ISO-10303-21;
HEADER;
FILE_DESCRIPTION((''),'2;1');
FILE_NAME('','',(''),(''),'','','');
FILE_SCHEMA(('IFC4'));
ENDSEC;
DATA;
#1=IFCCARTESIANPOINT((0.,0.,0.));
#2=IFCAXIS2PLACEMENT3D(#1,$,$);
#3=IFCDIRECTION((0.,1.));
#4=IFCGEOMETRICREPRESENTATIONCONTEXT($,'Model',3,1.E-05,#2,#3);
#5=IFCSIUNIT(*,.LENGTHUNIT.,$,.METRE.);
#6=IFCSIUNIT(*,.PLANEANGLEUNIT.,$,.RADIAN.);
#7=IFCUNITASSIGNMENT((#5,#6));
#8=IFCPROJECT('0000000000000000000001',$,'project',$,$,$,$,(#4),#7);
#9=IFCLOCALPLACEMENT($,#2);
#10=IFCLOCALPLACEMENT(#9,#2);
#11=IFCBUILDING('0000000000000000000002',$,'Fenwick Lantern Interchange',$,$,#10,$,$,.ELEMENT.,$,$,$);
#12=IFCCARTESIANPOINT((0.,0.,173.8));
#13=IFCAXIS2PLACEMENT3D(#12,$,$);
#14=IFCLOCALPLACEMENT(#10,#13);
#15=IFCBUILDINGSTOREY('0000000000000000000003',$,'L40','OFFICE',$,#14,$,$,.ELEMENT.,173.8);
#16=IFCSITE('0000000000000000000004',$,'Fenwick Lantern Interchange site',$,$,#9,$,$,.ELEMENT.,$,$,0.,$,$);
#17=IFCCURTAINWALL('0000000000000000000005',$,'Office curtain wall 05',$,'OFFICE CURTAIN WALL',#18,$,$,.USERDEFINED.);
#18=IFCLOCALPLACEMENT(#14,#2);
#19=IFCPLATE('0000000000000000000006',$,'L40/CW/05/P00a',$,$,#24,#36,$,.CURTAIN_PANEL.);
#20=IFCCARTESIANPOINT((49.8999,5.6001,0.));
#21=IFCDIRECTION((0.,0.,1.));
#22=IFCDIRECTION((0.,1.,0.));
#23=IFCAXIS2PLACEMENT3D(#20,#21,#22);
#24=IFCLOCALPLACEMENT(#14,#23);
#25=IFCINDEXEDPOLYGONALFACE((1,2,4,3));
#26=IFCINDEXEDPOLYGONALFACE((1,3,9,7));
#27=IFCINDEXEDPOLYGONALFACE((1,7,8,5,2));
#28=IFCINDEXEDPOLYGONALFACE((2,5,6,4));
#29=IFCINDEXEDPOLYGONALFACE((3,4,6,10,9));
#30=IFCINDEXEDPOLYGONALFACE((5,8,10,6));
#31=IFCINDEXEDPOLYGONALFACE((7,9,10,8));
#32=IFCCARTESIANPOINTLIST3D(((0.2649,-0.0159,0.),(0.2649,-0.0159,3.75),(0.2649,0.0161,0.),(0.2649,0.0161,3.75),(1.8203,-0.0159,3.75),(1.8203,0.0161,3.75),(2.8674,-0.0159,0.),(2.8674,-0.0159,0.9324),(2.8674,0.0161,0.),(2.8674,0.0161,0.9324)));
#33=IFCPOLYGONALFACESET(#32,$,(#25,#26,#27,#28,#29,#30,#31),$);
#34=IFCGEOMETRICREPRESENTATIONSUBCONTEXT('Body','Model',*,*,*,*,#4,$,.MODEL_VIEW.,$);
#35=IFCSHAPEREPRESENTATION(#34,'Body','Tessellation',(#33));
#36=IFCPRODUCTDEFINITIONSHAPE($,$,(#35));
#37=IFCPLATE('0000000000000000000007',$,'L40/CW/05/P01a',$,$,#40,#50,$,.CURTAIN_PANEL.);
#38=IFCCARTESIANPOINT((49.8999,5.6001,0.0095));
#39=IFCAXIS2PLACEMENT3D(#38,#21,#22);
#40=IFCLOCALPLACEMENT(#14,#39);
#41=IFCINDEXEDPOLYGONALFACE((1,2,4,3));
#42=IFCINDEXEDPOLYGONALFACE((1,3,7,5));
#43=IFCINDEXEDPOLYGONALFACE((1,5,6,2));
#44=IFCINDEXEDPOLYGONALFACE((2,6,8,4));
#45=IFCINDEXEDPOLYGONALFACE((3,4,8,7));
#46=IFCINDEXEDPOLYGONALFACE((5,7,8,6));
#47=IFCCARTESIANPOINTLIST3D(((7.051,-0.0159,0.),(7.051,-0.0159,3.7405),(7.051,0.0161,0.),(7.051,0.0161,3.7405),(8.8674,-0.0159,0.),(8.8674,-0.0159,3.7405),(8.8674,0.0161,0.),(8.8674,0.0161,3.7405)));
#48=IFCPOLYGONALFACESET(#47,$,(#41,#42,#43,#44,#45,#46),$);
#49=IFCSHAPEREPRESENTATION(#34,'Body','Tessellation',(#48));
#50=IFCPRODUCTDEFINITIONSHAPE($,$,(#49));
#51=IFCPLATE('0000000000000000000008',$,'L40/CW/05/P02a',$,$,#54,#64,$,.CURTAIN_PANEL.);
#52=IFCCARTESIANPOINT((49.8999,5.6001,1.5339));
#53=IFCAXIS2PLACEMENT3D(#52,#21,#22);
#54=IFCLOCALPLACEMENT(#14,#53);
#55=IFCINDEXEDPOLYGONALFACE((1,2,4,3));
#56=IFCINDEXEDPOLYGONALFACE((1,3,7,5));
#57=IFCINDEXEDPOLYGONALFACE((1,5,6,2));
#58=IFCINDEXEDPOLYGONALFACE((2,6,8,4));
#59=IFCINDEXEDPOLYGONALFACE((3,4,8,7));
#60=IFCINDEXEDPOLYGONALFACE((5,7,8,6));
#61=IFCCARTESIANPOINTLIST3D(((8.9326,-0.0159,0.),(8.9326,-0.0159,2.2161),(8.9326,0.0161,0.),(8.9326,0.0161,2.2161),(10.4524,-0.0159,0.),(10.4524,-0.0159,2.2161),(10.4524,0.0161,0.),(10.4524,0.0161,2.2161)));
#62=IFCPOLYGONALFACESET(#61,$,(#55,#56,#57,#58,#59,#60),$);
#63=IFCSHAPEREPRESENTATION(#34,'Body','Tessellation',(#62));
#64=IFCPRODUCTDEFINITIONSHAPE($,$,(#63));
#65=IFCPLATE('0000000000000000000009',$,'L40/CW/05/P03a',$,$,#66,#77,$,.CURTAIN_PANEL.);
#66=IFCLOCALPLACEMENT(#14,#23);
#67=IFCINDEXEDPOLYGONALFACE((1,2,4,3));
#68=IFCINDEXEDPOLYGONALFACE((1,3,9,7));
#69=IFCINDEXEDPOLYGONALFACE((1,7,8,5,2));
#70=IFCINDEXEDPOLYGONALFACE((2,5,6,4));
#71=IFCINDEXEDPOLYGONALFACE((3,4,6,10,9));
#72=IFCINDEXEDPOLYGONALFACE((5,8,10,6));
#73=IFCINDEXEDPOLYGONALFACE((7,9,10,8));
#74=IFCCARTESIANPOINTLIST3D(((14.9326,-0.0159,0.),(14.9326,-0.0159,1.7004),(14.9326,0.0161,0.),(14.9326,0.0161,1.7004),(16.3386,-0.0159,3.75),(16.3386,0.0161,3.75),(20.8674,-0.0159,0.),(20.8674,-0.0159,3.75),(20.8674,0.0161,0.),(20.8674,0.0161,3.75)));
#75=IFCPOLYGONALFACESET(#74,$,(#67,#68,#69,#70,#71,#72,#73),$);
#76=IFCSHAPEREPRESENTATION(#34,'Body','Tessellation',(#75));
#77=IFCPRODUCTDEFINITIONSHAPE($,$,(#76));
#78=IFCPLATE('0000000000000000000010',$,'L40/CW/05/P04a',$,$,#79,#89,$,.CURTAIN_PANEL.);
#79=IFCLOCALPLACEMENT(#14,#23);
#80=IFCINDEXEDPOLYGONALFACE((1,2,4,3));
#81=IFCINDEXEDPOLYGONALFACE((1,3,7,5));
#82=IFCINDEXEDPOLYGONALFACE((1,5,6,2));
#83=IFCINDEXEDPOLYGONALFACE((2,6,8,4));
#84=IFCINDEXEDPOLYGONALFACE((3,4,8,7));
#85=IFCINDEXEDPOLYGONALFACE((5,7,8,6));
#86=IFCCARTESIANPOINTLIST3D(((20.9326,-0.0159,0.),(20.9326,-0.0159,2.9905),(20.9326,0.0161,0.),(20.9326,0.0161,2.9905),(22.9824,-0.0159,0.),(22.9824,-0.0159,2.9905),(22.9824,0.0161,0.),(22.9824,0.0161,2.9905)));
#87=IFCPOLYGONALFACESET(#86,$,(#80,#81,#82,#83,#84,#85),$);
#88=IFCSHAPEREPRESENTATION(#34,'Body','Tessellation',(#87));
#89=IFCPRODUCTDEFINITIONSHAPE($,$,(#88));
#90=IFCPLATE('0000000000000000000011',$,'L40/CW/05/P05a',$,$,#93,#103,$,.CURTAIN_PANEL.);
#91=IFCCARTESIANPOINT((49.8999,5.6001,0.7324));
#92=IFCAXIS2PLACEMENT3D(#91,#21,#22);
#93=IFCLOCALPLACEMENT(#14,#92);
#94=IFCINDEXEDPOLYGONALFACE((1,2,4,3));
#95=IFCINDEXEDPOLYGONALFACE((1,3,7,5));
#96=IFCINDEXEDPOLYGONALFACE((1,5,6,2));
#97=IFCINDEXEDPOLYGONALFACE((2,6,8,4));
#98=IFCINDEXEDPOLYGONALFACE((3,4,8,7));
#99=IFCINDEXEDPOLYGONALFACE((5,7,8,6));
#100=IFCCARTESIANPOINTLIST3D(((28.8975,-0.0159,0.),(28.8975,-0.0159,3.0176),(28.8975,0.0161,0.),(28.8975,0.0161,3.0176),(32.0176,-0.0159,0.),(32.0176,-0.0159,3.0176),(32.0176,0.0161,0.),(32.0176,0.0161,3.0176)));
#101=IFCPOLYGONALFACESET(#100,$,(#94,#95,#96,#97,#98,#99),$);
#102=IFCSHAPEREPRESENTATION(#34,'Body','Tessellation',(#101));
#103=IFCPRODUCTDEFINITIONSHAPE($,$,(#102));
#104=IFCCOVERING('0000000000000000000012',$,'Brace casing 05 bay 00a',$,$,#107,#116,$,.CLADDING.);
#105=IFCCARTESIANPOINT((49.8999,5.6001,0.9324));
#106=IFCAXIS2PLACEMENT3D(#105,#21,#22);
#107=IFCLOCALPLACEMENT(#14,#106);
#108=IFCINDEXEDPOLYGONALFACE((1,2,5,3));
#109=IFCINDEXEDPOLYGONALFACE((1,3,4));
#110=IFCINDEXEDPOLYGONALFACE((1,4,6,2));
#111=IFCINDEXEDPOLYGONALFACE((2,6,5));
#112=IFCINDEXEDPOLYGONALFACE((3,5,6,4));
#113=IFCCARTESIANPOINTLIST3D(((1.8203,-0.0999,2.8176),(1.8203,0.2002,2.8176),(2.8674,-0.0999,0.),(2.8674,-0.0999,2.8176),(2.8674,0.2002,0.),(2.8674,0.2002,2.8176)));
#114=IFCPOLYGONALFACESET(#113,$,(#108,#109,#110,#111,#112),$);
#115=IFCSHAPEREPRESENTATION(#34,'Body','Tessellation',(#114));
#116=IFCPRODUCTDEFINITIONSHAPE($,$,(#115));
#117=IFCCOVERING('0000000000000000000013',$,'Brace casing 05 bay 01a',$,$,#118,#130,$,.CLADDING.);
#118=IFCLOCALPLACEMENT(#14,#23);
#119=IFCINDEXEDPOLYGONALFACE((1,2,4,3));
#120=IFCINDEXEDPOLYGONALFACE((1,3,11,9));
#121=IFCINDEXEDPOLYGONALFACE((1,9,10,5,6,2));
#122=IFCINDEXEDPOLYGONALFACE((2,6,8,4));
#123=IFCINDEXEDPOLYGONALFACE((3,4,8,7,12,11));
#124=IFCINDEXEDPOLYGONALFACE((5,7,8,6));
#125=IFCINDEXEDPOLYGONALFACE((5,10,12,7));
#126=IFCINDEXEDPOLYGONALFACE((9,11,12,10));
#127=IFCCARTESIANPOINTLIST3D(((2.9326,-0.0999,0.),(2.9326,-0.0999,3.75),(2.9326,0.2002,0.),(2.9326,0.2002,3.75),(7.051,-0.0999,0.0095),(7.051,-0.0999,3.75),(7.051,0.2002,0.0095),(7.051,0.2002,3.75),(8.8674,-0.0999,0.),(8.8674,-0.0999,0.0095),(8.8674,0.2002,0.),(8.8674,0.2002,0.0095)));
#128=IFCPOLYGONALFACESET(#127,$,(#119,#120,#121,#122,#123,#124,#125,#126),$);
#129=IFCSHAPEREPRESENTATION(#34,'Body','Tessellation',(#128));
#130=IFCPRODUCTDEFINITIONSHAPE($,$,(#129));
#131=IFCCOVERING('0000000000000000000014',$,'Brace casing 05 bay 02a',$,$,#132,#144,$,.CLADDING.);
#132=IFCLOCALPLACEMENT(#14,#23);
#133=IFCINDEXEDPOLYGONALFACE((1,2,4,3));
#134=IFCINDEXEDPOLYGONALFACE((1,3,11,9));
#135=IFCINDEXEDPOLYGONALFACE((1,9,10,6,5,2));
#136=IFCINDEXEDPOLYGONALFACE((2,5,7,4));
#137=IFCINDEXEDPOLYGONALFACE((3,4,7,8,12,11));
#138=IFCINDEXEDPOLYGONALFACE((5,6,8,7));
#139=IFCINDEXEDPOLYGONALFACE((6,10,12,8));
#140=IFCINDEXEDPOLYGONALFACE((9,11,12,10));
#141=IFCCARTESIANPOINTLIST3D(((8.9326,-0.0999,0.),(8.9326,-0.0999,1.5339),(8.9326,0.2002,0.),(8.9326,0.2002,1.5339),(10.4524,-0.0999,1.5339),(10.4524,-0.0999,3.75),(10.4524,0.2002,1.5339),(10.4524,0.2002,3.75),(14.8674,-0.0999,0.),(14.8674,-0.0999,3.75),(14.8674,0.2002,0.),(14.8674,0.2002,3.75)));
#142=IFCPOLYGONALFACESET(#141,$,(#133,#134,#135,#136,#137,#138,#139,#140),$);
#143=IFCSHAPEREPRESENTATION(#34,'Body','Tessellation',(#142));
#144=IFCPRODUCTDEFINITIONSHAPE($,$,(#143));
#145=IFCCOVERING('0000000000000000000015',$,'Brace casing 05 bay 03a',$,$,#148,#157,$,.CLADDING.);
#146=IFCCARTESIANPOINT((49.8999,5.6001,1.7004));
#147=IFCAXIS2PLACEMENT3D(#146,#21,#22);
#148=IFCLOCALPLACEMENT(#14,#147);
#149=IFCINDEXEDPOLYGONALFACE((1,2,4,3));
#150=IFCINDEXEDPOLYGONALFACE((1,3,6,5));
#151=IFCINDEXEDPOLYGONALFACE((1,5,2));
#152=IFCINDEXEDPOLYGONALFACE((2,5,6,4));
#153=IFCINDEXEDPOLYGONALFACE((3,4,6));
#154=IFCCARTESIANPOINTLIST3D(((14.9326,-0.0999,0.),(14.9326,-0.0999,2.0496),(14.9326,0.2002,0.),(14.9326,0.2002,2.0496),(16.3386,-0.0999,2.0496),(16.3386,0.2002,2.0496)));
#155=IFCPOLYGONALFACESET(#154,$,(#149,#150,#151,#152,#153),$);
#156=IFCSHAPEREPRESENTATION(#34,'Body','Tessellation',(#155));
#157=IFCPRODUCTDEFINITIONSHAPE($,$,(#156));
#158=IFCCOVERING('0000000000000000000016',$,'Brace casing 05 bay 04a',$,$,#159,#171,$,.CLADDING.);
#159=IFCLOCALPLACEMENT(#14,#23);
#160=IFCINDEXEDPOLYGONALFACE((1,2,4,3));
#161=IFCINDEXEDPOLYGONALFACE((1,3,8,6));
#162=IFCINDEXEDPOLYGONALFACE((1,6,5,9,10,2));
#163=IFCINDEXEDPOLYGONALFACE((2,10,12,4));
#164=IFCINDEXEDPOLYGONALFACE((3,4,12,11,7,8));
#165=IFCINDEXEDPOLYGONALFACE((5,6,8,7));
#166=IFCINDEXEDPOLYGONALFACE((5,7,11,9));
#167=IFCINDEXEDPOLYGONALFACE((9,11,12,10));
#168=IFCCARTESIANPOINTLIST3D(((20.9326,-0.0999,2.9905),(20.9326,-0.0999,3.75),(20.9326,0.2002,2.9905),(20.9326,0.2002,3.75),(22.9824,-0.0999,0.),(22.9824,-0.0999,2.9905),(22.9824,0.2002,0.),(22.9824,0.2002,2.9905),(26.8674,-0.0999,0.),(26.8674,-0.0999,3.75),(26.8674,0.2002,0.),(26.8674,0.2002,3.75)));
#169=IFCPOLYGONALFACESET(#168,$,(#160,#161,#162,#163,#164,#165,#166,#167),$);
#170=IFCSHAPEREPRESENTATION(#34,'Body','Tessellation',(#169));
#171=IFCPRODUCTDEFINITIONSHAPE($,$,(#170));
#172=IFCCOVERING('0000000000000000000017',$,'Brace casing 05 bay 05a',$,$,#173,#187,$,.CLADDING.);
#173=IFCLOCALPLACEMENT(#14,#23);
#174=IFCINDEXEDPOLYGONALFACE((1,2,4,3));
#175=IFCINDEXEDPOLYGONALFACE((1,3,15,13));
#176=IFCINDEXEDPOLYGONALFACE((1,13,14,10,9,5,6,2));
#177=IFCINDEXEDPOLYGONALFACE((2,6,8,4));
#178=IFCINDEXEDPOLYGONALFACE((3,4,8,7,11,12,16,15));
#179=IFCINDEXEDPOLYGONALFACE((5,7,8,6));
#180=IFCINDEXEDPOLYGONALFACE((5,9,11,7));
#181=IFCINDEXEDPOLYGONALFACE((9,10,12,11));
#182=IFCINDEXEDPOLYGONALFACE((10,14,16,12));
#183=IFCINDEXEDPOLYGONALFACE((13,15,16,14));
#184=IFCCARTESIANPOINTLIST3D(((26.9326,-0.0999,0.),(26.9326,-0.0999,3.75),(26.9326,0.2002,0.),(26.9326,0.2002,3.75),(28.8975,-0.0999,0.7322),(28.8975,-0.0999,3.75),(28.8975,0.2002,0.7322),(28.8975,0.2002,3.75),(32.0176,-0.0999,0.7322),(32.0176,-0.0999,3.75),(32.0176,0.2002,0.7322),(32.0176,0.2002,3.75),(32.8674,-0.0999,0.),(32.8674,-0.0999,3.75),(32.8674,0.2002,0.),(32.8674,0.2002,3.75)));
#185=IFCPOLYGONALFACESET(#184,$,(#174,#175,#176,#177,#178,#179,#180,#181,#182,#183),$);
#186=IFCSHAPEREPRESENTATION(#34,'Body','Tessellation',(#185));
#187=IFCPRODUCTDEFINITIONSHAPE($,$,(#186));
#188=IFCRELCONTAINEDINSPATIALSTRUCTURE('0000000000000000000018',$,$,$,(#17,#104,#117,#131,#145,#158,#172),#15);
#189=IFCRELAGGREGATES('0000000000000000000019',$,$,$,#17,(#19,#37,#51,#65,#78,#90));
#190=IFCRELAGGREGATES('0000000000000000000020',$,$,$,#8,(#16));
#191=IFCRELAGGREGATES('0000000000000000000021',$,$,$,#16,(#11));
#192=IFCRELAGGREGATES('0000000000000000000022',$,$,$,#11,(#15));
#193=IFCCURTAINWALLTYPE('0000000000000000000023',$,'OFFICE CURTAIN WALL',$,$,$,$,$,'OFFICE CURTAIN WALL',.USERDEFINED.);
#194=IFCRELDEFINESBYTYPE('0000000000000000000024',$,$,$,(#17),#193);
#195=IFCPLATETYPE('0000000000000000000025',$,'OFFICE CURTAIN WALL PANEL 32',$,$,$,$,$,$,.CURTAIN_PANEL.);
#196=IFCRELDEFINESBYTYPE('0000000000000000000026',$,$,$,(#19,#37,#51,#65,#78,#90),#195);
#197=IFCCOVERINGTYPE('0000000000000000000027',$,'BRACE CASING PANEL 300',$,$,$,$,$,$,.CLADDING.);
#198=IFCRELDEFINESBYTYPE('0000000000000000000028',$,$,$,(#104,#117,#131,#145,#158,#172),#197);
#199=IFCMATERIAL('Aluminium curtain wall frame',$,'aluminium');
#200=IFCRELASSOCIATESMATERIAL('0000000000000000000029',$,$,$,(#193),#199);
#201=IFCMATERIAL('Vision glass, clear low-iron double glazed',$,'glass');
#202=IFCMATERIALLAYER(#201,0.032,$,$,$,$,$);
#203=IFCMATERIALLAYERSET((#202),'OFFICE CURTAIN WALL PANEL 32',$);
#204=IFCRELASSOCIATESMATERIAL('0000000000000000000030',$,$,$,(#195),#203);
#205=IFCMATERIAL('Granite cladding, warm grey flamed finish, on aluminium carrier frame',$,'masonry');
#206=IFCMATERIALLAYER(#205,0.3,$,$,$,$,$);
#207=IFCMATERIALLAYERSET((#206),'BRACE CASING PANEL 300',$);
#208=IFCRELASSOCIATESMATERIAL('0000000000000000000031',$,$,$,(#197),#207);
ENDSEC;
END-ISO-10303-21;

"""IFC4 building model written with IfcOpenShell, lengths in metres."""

from ifc_helpers import new_model, si_unit, direction, frame, origin, place, context, subcontext, project, spatial, polyline, outline, extrude, material, layer, layer_set, type_object, element, aggregate, save


model = new_model("IFC4")

# Units and contexts
model_context = context("Model", 3, precision=1e-05, world=origin(), true_north=direction((0.0, 1.0)))
body_context = subcontext(model_context, "Body", "Model", "MODEL_VIEW")
ifc_project = project(units=[si_unit("LENGTHUNIT", "METRE"), si_unit("PLANEANGLEUNIT", "RADIAN")], contexts=[model_context])

# Site, building, storey
site_placement = place(None, origin())
site = spatial("IfcSite", under=ifc_project, at=site_placement, Name="Fenwick Lantern Interchange site", CompositionType="ELEMENT", RefElevation=0.0)
building_placement = place(site_placement, origin())
building = spatial("IfcBuilding", under=site, at=building_placement, Name="Fenwick Lantern Interchange", CompositionType="ELEMENT")
storey_placement = place(building_placement, frame((0.0, 0.0, 173.8)))
storey = spatial("IfcBuildingStorey", under=building, at=storey_placement, Name="L40", Description="OFFICE", CompositionType="ELEMENT", Elevation=173.8)

# Shared definitions
ifc_material_1 = material(Name="Aluminium curtain wall frame", Category="aluminium")
curtain_wall_type = type_object("IfcCurtainWallType", Name="OFFICE CURTAIN WALL", ElementType="OFFICE CURTAIN WALL", PredefinedType="USERDEFINED", material=ifc_material_1)

# Shared definitions
ifc_material_2 = material(Name="Vision glass, clear low-iron double glazed", Category="glass")
ifc_layer_1 = layer(ifc_material_2, 0.032)
ifc_layer_set_1 = layer_set([ifc_layer_1], Name="OFFICE CURTAIN WALL PANEL 32")
plate_type = type_object("IfcPlateType", Name="OFFICE CURTAIN WALL PANEL 32", PredefinedType="CURTAIN_PANEL", material=ifc_layer_set_1)

# Curtain wall, plates
curtain_wall_1_placement = place(storey_placement, origin())
curtain_wall_1 = element("IfcCurtainWall", 1, at=curtain_wall_1_placement, inside=storey, type_object=curtain_wall_type, Name="Office curtain wall 05", ObjectType="OFFICE CURTAIN WALL", PredefinedType="USERDEFINED")
plate_1_placement = place(storey_placement, frame((49.8999, 5.6001, 0.0), z_axis=(0.0, 0.0, 1.0), x_axis=(0.0, 1.0, 0.0)))
plate_1 = element("IfcPlate", 2, at=plate_1_placement, type_object=plate_type, Name="L40/CW/05/P00a", PredefinedType="CURTAIN_PANEL", context=body_context, shape_type="SweptSolid", body=[
    extrude(outline(polyline([(0.2649, 0.0), (2.8674, 0.0), (2.8674, 0.9324), (1.8203, 3.75), (0.2649, 3.75), (0.2649, 0.0)])), frame((0.0, 0.0161, 0.0), z_axis=(0.0, -1.0, 0.0), x_axis=(1.0, 0.0, 0.0)), (0.0, 0.0, 1.0), 0.032),
])
plate_2_placement = place(storey_placement, frame((49.8999, 5.6001, 0.0095), z_axis=(0.0, 0.0, 1.0), x_axis=(0.0, 1.0, 0.0)))
plate_2 = element("IfcPlate", 3, at=plate_2_placement, type_object=plate_type, Name="L40/CW/05/P01a", PredefinedType="CURTAIN_PANEL", context=body_context, shape_type="SweptSolid", body=[
    extrude(outline(polyline([(7.051, 0.0), (8.8674, 0.0), (8.8674, 3.7405), (7.051, 3.7405), (7.051, 0.0)])), frame((0.0, 0.0161, 0.0), z_axis=(0.0, -1.0, 0.0), x_axis=(1.0, 0.0, 0.0)), (0.0, 0.0, 1.0), 0.032),
])
plate_3_placement = place(storey_placement, frame((49.8999, 5.6001, 1.5339), z_axis=(0.0, 0.0, 1.0), x_axis=(0.0, 1.0, 0.0)))
plate_3 = element("IfcPlate", 4, at=plate_3_placement, type_object=plate_type, Name="L40/CW/05/P02a", PredefinedType="CURTAIN_PANEL", context=body_context, shape_type="SweptSolid", body=[
    extrude(outline(polyline([(8.9326, 0.0), (10.4524, 0.0), (10.4524, 2.2161), (8.9326, 2.2161), (8.9326, 0.0)])), frame((0.0, 0.0161, 0.0), z_axis=(0.0, -1.0, 0.0), x_axis=(1.0, 0.0, 0.0)), (0.0, 0.0, 1.0), 0.032),
])
plate_4_placement = place(storey_placement, frame((49.8999, 5.6001, 0.0), z_axis=(0.0, 0.0, 1.0), x_axis=(0.0, 1.0, 0.0)))
plate_4 = element("IfcPlate", 5, at=plate_4_placement, type_object=plate_type, Name="L40/CW/05/P03a", PredefinedType="CURTAIN_PANEL", context=body_context, shape_type="SweptSolid", body=[
    extrude(outline(polyline([(14.9326, 0.0), (20.8674, 0.0), (20.8674, 3.75), (16.3386, 3.75), (14.9326, 1.7004), (14.9326, 0.0)])), frame((0.0, 0.0161, 0.0), z_axis=(0.0, -1.0, 0.0), x_axis=(1.0, 0.0, 0.0)), (0.0, 0.0, 1.0), 0.032),
])
plate_5_placement = place(storey_placement, frame((49.8999, 5.6001, 0.0), z_axis=(0.0, 0.0, 1.0), x_axis=(0.0, 1.0, 0.0)))
plate_5 = element("IfcPlate", 6, at=plate_5_placement, type_object=plate_type, Name="L40/CW/05/P04a", PredefinedType="CURTAIN_PANEL", context=body_context, shape_type="SweptSolid", body=[
    extrude(outline(polyline([(20.9326, 0.0), (22.9824, 0.0), (22.9824, 2.9905), (20.9326, 2.9905), (20.9326, 0.0)])), frame((0.0, 0.0161, 0.0), z_axis=(0.0, -1.0, 0.0), x_axis=(1.0, 0.0, 0.0)), (0.0, 0.0, 1.0), 0.032),
])
plate_6_placement = place(storey_placement, frame((49.8999, 5.6001, 0.7324), z_axis=(0.0, 0.0, 1.0), x_axis=(0.0, 1.0, 0.0)))
plate_6 = element("IfcPlate", 7, at=plate_6_placement, type_object=plate_type, Name="L40/CW/05/P05a", PredefinedType="CURTAIN_PANEL", context=body_context, shape_type="SweptSolid", body=[
    extrude(outline(polyline([(28.8975, 0.0), (32.0176, 0.0), (32.0176, 3.0176), (28.8975, 3.0176), (28.8975, 0.0)])), frame((0.0, 0.0161, 0.0), z_axis=(0.0, -1.0, 0.0), x_axis=(1.0, 0.0, 0.0)), (0.0, 0.0, 1.0), 0.032),
])
aggregate(curtain_wall_1, [plate_1, plate_2, plate_3, plate_4, plate_5, plate_6])

# Coverings
ifc_material_3 = material(Name="Granite cladding, warm grey flamed finish, on aluminium carrier frame", Category="masonry")
ifc_layer_2 = layer(ifc_material_3, 0.3)
ifc_layer_set_2 = layer_set([ifc_layer_2], Name="BRACE CASING PANEL 300")
covering_type = type_object("IfcCoveringType", Name="BRACE CASING PANEL 300", PredefinedType="CLADDING", material=ifc_layer_set_2)
covering_1_placement = place(storey_placement, frame((49.8999, 5.6001, 0.9324), z_axis=(0.0, 0.0, 1.0), x_axis=(0.0, 1.0, 0.0)))
element("IfcCovering", 8, at=covering_1_placement, inside=storey, type_object=covering_type, Name="Brace casing 05 bay 00a", PredefinedType="CLADDING", context=body_context, shape_type="SweptSolid", body=[
    extrude(outline(polyline([(2.8674, 0.0), (2.8674, 2.8176), (1.8203, 2.8176), (2.8674, 0.0)])), frame((0.0, 0.2002, 0.0), z_axis=(0.0, -1.0, 0.0), x_axis=(1.0, 0.0, 0.0)), (0.0, 0.0, 1.0), 0.3),
])
covering_2_placement = place(storey_placement, frame((49.8999, 5.6001, 0.0), z_axis=(0.0, 0.0, 1.0), x_axis=(0.0, 1.0, 0.0)))
element("IfcCovering", 9, at=covering_2_placement, inside=storey, type_object=covering_type, Name="Brace casing 05 bay 01a", PredefinedType="CLADDING", context=body_context, shape_type="SweptSolid", body=[
    extrude(outline(polyline([(2.9326, 0.0), (8.8674, 0.0), (8.8674, 0.0095), (7.051, 0.0095), (7.051, 3.75), (2.9326, 3.75), (2.9326, 0.0)])), frame((0.0, 0.2002, 0.0), z_axis=(0.0, -1.0, 0.0), x_axis=(1.0, 0.0, 0.0)), (0.0, 0.0, 1.0), 0.3),
])
covering_3_placement = place(storey_placement, frame((49.8999, 5.6001, 0.0), z_axis=(0.0, 0.0, 1.0), x_axis=(0.0, 1.0, 0.0)))
element("IfcCovering", 10, at=covering_3_placement, inside=storey, type_object=covering_type, Name="Brace casing 05 bay 02a", PredefinedType="CLADDING", context=body_context, shape_type="SweptSolid", body=[
    extrude(outline(polyline([(8.9326, 0.0), (14.8674, 0.0), (14.8674, 3.75), (10.4524, 3.75), (10.4524, 1.5339), (8.9326, 1.5339), (8.9326, 0.0)])), frame((0.0, 0.2002, 0.0), z_axis=(0.0, -1.0, 0.0), x_axis=(1.0, 0.0, 0.0)), (0.0, 0.0, 1.0), 0.3),
])
covering_4_placement = place(storey_placement, frame((49.8999, 5.6001, 1.7004), z_axis=(0.0, 0.0, 1.0), x_axis=(0.0, 1.0, 0.0)))
element("IfcCovering", 11, at=covering_4_placement, inside=storey, type_object=covering_type, Name="Brace casing 05 bay 03a", PredefinedType="CLADDING", context=body_context, shape_type="SweptSolid", body=[
    extrude(outline(polyline([(14.9326, 0.0), (16.3386, 2.0496), (14.9326, 2.0496), (14.9326, 0.0)])), frame((0.0, 0.2002, 0.0), z_axis=(0.0, -1.0, 0.0), x_axis=(1.0, 0.0, 0.0)), (0.0, 0.0, 1.0), 0.3),
])
covering_5_placement = place(storey_placement, frame((49.8999, 5.6001, 0.0), z_axis=(0.0, 0.0, 1.0), x_axis=(0.0, 1.0, 0.0)))
element("IfcCovering", 12, at=covering_5_placement, inside=storey, type_object=covering_type, Name="Brace casing 05 bay 04a", PredefinedType="CLADDING", context=body_context, shape_type="SweptSolid", body=[
    extrude(outline(polyline([(22.9824, 0.0), (26.8674, 0.0), (26.8674, 3.75), (20.9326, 3.75), (20.9326, 2.9905), (22.9824, 2.9905), (22.9824, 0.0)])), frame((0.0, 0.2002, 0.0), z_axis=(0.0, -1.0, 0.0), x_axis=(1.0, 0.0, 0.0)), (0.0, 0.0, 1.0), 0.3),
])
covering_6_placement = place(storey_placement, frame((49.8999, 5.6001, 0.0), z_axis=(0.0, 0.0, 1.0), x_axis=(0.0, 1.0, 0.0)))
element("IfcCovering", 13, at=covering_6_placement, inside=storey, type_object=covering_type, Name="Brace casing 05 bay 05a", PredefinedType="CLADDING", context=body_context, shape_type="SweptSolid", body=[
    extrude(outline(polyline([(26.9326, 0.0), (32.8674, 0.0), (32.8674, 3.75), (32.0176, 3.75), (32.0176, 0.7322), (28.8975, 0.7322), (28.8975, 3.75), (26.9326, 3.75), (26.9326, 0.0)])), frame((0.0, 0.2002, 0.0), z_axis=(0.0, -1.0, 0.0), x_axis=(1.0, 0.0, 0.0)), (0.0, 0.0, 1.0), 0.3),
])

save(model, "model.ifc")
